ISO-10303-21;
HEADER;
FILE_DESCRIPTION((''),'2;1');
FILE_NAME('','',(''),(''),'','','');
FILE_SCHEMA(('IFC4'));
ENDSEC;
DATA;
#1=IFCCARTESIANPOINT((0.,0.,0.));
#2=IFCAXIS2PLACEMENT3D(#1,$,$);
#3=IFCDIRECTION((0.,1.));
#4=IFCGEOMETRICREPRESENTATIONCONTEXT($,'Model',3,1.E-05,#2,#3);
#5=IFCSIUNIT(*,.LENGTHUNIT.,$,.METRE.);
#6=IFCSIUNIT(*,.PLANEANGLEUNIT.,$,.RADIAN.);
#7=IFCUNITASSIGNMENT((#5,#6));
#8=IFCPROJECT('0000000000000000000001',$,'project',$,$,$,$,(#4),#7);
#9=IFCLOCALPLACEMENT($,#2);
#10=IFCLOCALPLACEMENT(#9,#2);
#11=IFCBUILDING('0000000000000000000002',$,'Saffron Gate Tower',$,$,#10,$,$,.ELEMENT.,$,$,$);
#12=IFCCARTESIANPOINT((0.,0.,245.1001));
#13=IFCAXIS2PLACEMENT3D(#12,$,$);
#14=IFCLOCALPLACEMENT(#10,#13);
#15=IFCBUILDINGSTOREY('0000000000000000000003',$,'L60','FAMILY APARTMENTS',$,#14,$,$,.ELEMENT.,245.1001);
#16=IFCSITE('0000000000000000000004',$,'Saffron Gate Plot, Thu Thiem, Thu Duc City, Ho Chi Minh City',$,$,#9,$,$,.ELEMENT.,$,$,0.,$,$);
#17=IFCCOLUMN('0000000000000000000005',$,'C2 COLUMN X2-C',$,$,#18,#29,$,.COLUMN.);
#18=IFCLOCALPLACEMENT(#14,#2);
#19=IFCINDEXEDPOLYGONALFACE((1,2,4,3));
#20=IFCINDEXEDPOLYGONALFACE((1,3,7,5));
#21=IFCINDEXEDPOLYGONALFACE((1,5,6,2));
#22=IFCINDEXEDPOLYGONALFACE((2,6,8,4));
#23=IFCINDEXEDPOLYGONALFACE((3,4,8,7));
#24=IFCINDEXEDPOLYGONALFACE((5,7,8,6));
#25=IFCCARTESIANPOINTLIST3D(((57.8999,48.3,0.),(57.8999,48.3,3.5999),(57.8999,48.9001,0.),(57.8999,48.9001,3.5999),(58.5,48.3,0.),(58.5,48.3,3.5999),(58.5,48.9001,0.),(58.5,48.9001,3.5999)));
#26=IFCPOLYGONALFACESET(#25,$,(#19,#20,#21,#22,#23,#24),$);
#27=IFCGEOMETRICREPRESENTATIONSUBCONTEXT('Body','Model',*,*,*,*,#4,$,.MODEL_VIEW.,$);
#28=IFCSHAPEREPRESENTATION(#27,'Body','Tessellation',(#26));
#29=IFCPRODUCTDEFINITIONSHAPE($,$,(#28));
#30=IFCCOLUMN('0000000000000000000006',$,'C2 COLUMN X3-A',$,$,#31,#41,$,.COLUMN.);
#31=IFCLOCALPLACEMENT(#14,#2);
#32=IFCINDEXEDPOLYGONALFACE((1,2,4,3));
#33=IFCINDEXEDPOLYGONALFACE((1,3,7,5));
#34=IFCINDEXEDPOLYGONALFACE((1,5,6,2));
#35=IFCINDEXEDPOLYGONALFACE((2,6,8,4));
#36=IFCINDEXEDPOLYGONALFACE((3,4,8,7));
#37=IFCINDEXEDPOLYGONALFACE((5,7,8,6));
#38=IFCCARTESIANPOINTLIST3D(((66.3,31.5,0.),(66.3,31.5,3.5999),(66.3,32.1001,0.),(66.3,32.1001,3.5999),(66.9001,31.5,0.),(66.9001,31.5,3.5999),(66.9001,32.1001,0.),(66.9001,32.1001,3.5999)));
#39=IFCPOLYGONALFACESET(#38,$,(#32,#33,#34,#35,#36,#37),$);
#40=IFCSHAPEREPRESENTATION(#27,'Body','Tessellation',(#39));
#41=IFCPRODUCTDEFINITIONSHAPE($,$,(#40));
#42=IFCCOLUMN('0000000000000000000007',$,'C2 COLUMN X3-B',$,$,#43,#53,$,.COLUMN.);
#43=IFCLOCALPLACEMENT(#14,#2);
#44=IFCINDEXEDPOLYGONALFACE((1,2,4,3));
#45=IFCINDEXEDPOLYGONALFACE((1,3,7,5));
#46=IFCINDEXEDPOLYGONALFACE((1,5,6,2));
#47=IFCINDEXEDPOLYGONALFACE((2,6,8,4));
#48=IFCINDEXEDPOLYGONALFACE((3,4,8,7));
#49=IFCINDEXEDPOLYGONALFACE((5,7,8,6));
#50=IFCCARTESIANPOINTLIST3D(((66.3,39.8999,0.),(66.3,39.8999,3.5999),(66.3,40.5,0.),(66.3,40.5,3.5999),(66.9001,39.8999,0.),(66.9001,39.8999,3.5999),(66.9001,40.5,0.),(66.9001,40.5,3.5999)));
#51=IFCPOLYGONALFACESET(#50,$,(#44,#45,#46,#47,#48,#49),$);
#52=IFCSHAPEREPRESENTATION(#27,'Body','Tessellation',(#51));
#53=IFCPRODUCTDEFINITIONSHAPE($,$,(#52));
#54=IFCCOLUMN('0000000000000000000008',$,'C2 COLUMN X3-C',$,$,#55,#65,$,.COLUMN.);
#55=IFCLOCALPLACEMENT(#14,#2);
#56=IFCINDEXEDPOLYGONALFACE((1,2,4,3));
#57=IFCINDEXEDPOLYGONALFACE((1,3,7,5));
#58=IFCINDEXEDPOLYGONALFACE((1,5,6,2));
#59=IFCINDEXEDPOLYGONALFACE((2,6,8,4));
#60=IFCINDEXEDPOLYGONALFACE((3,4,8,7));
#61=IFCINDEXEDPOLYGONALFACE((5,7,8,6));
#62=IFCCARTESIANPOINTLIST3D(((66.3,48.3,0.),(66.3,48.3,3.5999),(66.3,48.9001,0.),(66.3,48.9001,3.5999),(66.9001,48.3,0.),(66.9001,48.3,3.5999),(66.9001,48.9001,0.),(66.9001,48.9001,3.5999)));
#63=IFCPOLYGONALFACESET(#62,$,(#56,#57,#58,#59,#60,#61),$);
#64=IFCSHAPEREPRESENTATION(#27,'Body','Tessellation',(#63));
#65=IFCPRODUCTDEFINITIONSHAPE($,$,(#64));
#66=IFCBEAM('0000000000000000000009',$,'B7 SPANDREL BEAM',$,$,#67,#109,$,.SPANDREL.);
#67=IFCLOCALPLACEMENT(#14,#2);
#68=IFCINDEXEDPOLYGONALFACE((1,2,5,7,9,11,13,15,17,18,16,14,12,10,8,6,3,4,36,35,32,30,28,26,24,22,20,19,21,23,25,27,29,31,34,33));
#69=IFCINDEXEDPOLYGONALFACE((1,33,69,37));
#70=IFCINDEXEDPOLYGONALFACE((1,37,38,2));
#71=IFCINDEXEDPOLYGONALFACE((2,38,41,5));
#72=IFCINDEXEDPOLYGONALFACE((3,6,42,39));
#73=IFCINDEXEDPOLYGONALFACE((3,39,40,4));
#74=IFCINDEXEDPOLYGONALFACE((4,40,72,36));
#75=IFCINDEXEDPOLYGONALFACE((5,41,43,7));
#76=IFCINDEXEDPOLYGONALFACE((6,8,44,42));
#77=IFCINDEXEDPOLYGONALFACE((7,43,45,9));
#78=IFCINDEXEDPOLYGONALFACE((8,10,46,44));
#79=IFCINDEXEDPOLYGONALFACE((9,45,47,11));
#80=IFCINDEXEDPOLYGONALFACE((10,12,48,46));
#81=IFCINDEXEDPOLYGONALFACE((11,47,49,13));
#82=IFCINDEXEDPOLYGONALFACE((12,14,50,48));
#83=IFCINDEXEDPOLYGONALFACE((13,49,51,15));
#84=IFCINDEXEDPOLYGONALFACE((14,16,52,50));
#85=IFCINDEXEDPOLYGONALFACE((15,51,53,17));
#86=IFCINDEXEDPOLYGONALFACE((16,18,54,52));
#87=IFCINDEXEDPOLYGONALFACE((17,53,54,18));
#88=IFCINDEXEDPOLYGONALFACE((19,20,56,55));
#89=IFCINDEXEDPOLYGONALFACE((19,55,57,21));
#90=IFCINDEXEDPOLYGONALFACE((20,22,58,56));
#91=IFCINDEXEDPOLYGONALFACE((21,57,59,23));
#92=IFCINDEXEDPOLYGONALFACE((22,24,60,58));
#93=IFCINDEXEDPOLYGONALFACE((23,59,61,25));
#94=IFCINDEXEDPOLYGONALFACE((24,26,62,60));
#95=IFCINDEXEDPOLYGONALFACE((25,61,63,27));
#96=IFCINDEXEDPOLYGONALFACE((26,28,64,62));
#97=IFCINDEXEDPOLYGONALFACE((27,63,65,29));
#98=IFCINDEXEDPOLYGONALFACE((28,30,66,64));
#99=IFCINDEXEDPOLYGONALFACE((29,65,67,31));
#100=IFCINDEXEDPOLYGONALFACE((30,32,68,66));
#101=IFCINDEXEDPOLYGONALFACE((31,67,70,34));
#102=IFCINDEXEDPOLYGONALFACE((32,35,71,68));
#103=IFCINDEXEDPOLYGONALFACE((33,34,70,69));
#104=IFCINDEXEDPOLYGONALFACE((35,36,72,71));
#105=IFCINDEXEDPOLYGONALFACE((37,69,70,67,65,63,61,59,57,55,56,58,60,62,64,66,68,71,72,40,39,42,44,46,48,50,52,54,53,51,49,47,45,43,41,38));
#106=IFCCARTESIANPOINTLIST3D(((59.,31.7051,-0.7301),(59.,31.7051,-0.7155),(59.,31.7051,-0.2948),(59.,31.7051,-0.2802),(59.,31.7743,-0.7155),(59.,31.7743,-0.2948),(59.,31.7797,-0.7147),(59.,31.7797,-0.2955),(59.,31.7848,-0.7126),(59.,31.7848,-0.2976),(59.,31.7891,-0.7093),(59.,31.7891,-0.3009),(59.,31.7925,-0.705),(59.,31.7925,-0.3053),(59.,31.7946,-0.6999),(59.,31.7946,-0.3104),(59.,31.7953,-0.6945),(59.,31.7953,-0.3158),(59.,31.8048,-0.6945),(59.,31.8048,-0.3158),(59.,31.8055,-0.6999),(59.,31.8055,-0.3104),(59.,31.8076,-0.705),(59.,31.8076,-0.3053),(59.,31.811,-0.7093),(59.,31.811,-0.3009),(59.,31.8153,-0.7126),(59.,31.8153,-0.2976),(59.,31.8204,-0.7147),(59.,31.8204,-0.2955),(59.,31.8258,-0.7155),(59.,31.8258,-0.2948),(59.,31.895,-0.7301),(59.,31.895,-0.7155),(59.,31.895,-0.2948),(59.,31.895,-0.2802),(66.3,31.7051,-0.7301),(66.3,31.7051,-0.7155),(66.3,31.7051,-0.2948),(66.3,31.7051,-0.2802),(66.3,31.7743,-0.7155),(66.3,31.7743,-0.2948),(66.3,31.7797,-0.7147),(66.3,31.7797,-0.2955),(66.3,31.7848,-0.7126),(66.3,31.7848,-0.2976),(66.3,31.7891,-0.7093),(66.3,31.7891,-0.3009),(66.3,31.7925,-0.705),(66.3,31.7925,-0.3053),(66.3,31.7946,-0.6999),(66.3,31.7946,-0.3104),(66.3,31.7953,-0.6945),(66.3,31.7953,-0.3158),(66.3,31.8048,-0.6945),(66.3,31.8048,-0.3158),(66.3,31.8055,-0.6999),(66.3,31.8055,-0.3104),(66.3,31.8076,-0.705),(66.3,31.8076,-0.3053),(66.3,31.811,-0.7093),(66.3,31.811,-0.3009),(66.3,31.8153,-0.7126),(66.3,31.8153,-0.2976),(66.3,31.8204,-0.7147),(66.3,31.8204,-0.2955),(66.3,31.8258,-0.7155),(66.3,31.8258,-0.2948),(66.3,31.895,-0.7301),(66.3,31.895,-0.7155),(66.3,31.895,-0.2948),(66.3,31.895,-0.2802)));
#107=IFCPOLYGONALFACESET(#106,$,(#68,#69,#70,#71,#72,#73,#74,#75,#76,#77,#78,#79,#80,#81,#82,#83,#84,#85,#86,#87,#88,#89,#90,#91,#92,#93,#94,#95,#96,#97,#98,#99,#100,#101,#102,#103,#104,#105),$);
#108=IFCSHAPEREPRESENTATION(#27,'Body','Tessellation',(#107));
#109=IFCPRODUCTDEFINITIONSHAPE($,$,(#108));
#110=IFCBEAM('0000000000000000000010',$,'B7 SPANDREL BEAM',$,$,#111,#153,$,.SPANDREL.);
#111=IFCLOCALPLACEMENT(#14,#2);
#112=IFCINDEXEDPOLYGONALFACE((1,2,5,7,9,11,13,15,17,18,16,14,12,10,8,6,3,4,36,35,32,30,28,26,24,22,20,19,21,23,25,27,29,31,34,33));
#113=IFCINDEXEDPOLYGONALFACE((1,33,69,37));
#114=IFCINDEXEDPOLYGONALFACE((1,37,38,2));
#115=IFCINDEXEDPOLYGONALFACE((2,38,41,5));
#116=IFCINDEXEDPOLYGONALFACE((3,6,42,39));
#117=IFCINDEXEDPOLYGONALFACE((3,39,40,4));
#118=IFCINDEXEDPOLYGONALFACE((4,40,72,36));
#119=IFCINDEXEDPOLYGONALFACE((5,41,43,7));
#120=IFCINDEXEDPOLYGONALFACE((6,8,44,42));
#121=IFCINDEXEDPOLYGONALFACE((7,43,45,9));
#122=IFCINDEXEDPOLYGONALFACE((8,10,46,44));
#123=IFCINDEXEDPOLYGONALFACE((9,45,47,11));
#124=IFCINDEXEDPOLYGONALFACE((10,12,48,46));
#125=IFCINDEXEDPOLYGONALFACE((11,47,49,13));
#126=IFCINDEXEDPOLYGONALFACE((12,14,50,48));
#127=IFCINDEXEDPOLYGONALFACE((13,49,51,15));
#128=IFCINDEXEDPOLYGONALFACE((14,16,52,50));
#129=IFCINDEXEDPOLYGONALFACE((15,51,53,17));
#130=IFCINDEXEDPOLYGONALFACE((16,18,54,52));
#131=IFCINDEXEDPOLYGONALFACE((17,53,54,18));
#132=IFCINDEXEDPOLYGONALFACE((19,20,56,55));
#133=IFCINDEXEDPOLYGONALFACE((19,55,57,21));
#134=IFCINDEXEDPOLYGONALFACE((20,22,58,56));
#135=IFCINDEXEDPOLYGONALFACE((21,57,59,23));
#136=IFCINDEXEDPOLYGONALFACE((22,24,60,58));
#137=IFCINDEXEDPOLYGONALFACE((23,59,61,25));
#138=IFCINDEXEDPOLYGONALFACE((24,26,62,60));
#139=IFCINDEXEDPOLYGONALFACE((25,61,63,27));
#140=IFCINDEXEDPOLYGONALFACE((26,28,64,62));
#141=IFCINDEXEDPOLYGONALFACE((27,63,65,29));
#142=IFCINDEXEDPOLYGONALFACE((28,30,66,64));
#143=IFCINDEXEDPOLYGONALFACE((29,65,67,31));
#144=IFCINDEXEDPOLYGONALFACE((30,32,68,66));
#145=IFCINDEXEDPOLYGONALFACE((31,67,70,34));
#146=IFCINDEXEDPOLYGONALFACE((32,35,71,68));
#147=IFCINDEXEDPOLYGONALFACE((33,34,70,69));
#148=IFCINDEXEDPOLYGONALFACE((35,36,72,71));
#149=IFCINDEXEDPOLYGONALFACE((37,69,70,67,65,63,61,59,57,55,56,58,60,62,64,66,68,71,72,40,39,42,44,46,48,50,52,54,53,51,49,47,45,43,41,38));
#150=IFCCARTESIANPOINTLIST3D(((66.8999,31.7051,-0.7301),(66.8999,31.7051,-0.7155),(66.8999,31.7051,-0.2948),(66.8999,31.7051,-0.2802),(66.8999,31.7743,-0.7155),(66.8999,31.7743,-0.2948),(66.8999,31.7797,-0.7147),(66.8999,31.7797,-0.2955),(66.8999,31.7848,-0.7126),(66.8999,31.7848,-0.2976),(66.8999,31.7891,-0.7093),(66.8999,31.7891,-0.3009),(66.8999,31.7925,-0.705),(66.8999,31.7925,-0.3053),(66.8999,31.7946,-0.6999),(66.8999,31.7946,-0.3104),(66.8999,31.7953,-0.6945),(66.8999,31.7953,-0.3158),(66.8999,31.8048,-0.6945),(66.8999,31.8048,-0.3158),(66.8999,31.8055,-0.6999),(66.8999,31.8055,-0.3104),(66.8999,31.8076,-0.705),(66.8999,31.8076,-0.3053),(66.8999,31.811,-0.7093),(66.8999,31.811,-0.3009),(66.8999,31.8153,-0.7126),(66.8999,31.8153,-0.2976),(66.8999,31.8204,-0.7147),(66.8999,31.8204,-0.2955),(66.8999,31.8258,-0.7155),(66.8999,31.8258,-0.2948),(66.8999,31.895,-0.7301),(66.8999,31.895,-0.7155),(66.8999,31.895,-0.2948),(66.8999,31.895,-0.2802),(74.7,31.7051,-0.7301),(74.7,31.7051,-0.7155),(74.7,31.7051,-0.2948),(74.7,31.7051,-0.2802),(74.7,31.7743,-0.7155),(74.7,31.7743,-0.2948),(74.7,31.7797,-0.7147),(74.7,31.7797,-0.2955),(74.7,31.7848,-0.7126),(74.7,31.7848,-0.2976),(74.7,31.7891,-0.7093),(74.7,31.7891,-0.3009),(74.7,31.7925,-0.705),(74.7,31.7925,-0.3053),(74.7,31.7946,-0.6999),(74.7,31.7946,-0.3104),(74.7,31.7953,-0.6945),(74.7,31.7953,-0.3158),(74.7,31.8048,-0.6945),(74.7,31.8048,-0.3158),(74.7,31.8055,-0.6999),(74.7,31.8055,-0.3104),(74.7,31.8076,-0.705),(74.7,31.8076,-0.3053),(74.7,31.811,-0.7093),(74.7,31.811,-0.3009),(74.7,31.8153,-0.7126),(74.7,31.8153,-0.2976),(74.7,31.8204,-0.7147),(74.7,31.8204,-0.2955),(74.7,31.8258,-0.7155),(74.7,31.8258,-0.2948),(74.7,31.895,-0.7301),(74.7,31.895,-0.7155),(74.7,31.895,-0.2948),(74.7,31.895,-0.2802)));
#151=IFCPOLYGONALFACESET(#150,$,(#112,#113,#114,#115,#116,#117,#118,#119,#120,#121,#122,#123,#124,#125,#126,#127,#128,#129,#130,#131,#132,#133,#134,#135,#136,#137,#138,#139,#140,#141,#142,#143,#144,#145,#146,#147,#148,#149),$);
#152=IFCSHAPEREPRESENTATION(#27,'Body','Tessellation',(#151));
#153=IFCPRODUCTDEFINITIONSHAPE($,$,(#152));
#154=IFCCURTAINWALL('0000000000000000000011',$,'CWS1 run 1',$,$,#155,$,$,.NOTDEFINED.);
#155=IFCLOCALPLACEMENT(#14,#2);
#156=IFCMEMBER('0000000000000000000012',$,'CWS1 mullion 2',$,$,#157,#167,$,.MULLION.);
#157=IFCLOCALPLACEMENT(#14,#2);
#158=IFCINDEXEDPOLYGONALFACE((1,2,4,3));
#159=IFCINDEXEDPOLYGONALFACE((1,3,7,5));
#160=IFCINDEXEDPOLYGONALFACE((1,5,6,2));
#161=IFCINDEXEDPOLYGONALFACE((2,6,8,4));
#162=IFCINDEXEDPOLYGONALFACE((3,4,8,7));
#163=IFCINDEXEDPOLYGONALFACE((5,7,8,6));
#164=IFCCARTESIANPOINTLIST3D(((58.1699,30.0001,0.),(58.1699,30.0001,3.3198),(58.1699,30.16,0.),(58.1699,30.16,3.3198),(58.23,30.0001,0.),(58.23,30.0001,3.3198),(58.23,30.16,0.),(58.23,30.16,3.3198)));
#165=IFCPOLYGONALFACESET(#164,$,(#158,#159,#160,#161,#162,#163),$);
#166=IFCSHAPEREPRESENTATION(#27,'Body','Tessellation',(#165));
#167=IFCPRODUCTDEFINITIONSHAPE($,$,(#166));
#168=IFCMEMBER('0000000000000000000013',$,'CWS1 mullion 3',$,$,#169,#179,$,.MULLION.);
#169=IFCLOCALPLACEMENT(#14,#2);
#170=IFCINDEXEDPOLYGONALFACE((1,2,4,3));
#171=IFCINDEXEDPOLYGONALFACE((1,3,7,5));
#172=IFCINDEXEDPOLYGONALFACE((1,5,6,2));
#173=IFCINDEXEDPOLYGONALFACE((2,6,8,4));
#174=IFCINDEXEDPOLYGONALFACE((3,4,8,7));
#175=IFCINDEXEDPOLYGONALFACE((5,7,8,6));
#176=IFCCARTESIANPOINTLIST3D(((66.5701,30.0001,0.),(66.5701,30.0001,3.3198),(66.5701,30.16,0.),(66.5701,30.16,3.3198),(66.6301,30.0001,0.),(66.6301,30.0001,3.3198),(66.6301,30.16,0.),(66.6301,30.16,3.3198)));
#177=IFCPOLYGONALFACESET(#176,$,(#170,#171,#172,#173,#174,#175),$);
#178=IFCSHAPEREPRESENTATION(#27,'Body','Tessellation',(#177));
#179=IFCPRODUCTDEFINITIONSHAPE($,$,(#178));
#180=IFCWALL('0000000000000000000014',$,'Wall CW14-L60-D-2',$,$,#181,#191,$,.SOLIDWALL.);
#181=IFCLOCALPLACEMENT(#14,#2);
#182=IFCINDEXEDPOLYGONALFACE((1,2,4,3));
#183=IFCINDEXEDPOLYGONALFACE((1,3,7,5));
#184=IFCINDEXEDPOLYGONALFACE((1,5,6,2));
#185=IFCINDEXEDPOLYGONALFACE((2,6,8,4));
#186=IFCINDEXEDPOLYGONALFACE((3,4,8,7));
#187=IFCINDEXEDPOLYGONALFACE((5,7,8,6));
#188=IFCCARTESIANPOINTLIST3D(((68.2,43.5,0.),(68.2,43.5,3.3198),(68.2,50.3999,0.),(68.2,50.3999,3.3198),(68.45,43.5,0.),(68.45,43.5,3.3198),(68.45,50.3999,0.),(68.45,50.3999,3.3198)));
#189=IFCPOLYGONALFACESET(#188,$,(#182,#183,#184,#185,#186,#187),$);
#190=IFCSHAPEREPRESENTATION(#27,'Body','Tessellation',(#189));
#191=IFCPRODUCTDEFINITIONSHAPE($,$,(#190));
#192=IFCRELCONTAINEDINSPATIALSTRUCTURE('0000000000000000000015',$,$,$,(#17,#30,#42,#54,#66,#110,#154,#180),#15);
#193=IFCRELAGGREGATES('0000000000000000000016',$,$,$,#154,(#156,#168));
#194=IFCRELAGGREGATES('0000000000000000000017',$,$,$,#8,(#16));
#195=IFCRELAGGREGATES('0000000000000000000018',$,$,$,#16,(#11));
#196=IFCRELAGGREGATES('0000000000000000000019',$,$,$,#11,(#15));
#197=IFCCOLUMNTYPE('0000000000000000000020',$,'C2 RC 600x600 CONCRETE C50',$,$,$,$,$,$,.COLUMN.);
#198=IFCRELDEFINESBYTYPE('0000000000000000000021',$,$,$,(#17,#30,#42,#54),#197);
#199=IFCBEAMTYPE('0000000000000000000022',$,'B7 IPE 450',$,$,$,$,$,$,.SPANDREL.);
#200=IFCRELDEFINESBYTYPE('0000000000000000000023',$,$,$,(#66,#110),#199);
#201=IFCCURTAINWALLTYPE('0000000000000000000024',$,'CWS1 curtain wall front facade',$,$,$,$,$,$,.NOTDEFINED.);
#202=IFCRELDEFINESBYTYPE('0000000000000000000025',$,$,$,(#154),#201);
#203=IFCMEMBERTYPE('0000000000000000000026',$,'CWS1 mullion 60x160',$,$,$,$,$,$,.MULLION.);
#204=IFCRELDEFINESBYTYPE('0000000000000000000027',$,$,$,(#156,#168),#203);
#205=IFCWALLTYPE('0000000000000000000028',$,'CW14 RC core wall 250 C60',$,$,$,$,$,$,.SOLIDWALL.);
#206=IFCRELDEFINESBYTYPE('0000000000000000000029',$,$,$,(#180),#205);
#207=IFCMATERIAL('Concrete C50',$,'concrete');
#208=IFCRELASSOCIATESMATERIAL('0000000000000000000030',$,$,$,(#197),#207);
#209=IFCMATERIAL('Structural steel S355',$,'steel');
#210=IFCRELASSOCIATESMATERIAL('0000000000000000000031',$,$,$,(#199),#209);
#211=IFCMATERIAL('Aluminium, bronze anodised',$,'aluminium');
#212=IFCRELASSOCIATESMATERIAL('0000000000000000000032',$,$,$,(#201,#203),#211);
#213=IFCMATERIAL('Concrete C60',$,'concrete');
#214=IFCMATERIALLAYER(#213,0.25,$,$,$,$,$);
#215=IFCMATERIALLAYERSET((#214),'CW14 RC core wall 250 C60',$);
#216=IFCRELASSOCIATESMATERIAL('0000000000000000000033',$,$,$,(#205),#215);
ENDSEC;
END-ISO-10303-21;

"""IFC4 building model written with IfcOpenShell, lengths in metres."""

from ifc_helpers import new_model, si_unit, direction, frame, frame_2d, origin, origin_2d, place, context, subcontext, project, spatial, rectangle, i_section, extrude, material, layer, layer_set, material_profile, profile_set, type_object, element, aggregate, save


model = new_model("IFC4")

# Units and contexts
model_context = context("Model", 3, precision=1e-05, world=origin(), true_north=direction((0.0, 1.0)))
body_context = subcontext(model_context, "Body", "Model", "MODEL_VIEW")
ifc_project = project(units=[si_unit("LENGTHUNIT", "METRE"), si_unit("PLANEANGLEUNIT", "RADIAN")], contexts=[model_context])

# Site, building, storey
site_placement = place(None, origin())
site = spatial("IfcSite", under=ifc_project, at=site_placement, Name="Saffron Gate Plot, Thu Thiem, Thu Duc City, Ho Chi Minh City", CompositionType="ELEMENT", RefElevation=0.0)
building_placement = place(site_placement, origin())
building = spatial("IfcBuilding", under=site, at=building_placement, Name="Saffron Gate Tower", CompositionType="ELEMENT")
storey_placement = place(building_placement, frame((0.0, 0.0, 245.1001)))
storey = spatial("IfcBuildingStorey", under=building, at=storey_placement, Name="L60", Description="FAMILY APARTMENTS", CompositionType="ELEMENT", Elevation=245.1001)

# Columns
ifc_material_1 = material(Name="Concrete C50", Category="concrete")
ifc_material_profile_1 = material_profile(ifc_material_1, rectangle(XDim=0.6001, YDim=0.6001, at=origin_2d()))
ifc_profile_set_1 = profile_set([ifc_material_profile_1], Name="Concrete C50")
column_type = type_object("IfcColumnType", Name="C2 RC 600x600 CONCRETE C50", PredefinedType="COLUMN", material=ifc_profile_set_1)
for number, where, z_axis, x_axis, name in (
    (1, (58.2, 48.6001, 0.0), (0.0, 0.0, 1.0), (1.0, 0.0, 0.0), "C2 COLUMN X2-C"),
    (2, (66.6001, 31.8, 0.0), (0.0, 0.0, 1.0), (1.0, 0.0, 0.0), "C2 COLUMN X3-A"),
    (3, (66.6001, 40.2, 0.0), (0.0, 0.0, 1.0), (1.0, 0.0, 0.0), "C2 COLUMN X3-B"),
    (4, (66.6001, 48.6001, 0.0), (0.0, 0.0, 1.0), (1.0, 0.0, 0.0), "C2 COLUMN X3-C"),
):
    element("IfcColumn", number, at=place(storey_placement, frame(where, z_axis=z_axis, x_axis=x_axis)), inside=storey, type_object=column_type, Name=name, PredefinedType="COLUMN", context=body_context, shape_type="SweptSolid", body=[
        extrude(rectangle(XDim=0.6001, YDim=0.6001, at=origin_2d()), origin(), (0.0, 0.0, 1.0), 3.5999),
    ])

# Beams
ifc_material_2 = material(Name="Structural steel S355", Category="steel")
ifc_material_profile_2 = material_profile(ifc_material_2, i_section(OverallWidth=0.1899, OverallDepth=0.45, WebThickness=0.0095, FlangeThickness=0.0146, FilletRadius=0.021, at=origin_2d()))
ifc_profile_set_2 = profile_set([ifc_material_profile_2], Name="Structural steel S355")
beam_type = type_object("IfcBeamType", Name="B7 IPE 450", PredefinedType="SPANDREL", material=ifc_profile_set_2)
beam_1_placement = place(storey_placement, frame((59.0, 31.8, -0.5051), z_axis=(1.0, 0.0, 0.0), x_axis=(0.0, 1.0, 0.0)))
element("IfcBeam", 5, at=beam_1_placement, inside=storey, type_object=beam_type, Name="B7 SPANDREL BEAM", PredefinedType="SPANDREL", context=body_context, shape_type="SweptSolid", body=[
    extrude(i_section(OverallWidth=0.1899, OverallDepth=0.45, WebThickness=0.0095, FlangeThickness=0.0146, FilletRadius=0.021, at=origin_2d()), origin(), (0.0, 0.0, 1.0), 7.3),
])
beam_2_placement = place(storey_placement, frame((66.8999, 31.8, -0.5051), z_axis=(1.0, 0.0, 0.0), x_axis=(0.0, 1.0, 0.0)))
element("IfcBeam", 6, at=beam_2_placement, inside=storey, type_object=beam_type, Name="B7 SPANDREL BEAM", PredefinedType="SPANDREL", context=body_context, shape_type="SweptSolid", body=[
    extrude(i_section(OverallWidth=0.1899, OverallDepth=0.45, WebThickness=0.0095, FlangeThickness=0.0146, FilletRadius=0.021, at=origin_2d()), origin(), (0.0, 0.0, 1.0), 7.8),
])

# Curtain wall, members
ifc_material_3 = material(Name="Aluminium, bronze anodised", Category="aluminium")
curtain_wall_type = type_object("IfcCurtainWallType", Name="CWS1 curtain wall front facade", PredefinedType="NOTDEFINED", material=ifc_material_3)
curtain_wall_placement = place(storey_placement, origin())
curtain_wall = element("IfcCurtainWall", 7, at=curtain_wall_placement, inside=storey, type_object=curtain_wall_type, Name="CWS1 run 1", PredefinedType="NOTDEFINED")
ifc_material_profile_3 = material_profile(ifc_material_3, rectangle(XDim=0.1599, YDim=0.0601, at=origin_2d()))
ifc_profile_set_3 = profile_set([ifc_material_profile_3], Name="Aluminium, bronze anodised")
member_type = type_object("IfcMemberType", Name="CWS1 mullion 60x160", PredefinedType="MULLION", material=ifc_profile_set_3)
member_1_placement = place(storey_placement, frame((58.2, 30.0801, 0.0), z_axis=(0.0, 0.0, 1.0), x_axis=(0.0, 1.0, 0.0)))
member_1 = element("IfcMember", 8, at=member_1_placement, type_object=member_type, Name="CWS1 mullion 2", PredefinedType="MULLION", context=body_context, shape_type="SweptSolid", body=[
    extrude(rectangle(XDim=0.1599, YDim=0.0601, at=origin_2d()), origin(), (0.0, 0.0, 1.0), 3.3198),
])
member_2_placement = place(storey_placement, frame((66.6001, 30.0801, 0.0), z_axis=(0.0, 0.0, 1.0), x_axis=(0.0, 1.0, 0.0)))
member_2 = element("IfcMember", 9, at=member_2_placement, type_object=member_type, Name="CWS1 mullion 3", PredefinedType="MULLION", context=body_context, shape_type="SweptSolid", body=[
    extrude(rectangle(XDim=0.1599, YDim=0.0601, at=origin_2d()), origin(), (0.0, 0.0, 1.0), 3.3198),
])
aggregate(curtain_wall, [member_1, member_2])

# Wall
ifc_material_4 = material(Name="Concrete C60", Category="concrete")
ifc_layer_1 = layer(ifc_material_4, 0.25)
ifc_layer_set_1 = layer_set([ifc_layer_1], Name="CW14 RC core wall 250 C60")
wall_type_1 = type_object("IfcWallType", Name="CW14 RC core wall 250 C60", PredefinedType="SOLIDWALL", material=ifc_layer_set_1)
wall_1_placement = place(storey_placement, frame((68.325, 43.5, 0.0), z_axis=(0.0, 0.0, 1.0), x_axis=(0.0, 1.0, 0.0)))
element("IfcWall", 10, at=wall_1_placement, inside=storey, type_object=wall_type_1, Name="Wall CW14-L60-D-2", PredefinedType="SOLIDWALL", context=body_context, shape_type="SweptSolid", body=[
    extrude(rectangle(XDim=6.8999, YDim=0.25, at=frame_2d((3.45, 0.0))), origin(), (0.0, 0.0, 1.0), 3.3198),
])

save(model, "model.ifc")
